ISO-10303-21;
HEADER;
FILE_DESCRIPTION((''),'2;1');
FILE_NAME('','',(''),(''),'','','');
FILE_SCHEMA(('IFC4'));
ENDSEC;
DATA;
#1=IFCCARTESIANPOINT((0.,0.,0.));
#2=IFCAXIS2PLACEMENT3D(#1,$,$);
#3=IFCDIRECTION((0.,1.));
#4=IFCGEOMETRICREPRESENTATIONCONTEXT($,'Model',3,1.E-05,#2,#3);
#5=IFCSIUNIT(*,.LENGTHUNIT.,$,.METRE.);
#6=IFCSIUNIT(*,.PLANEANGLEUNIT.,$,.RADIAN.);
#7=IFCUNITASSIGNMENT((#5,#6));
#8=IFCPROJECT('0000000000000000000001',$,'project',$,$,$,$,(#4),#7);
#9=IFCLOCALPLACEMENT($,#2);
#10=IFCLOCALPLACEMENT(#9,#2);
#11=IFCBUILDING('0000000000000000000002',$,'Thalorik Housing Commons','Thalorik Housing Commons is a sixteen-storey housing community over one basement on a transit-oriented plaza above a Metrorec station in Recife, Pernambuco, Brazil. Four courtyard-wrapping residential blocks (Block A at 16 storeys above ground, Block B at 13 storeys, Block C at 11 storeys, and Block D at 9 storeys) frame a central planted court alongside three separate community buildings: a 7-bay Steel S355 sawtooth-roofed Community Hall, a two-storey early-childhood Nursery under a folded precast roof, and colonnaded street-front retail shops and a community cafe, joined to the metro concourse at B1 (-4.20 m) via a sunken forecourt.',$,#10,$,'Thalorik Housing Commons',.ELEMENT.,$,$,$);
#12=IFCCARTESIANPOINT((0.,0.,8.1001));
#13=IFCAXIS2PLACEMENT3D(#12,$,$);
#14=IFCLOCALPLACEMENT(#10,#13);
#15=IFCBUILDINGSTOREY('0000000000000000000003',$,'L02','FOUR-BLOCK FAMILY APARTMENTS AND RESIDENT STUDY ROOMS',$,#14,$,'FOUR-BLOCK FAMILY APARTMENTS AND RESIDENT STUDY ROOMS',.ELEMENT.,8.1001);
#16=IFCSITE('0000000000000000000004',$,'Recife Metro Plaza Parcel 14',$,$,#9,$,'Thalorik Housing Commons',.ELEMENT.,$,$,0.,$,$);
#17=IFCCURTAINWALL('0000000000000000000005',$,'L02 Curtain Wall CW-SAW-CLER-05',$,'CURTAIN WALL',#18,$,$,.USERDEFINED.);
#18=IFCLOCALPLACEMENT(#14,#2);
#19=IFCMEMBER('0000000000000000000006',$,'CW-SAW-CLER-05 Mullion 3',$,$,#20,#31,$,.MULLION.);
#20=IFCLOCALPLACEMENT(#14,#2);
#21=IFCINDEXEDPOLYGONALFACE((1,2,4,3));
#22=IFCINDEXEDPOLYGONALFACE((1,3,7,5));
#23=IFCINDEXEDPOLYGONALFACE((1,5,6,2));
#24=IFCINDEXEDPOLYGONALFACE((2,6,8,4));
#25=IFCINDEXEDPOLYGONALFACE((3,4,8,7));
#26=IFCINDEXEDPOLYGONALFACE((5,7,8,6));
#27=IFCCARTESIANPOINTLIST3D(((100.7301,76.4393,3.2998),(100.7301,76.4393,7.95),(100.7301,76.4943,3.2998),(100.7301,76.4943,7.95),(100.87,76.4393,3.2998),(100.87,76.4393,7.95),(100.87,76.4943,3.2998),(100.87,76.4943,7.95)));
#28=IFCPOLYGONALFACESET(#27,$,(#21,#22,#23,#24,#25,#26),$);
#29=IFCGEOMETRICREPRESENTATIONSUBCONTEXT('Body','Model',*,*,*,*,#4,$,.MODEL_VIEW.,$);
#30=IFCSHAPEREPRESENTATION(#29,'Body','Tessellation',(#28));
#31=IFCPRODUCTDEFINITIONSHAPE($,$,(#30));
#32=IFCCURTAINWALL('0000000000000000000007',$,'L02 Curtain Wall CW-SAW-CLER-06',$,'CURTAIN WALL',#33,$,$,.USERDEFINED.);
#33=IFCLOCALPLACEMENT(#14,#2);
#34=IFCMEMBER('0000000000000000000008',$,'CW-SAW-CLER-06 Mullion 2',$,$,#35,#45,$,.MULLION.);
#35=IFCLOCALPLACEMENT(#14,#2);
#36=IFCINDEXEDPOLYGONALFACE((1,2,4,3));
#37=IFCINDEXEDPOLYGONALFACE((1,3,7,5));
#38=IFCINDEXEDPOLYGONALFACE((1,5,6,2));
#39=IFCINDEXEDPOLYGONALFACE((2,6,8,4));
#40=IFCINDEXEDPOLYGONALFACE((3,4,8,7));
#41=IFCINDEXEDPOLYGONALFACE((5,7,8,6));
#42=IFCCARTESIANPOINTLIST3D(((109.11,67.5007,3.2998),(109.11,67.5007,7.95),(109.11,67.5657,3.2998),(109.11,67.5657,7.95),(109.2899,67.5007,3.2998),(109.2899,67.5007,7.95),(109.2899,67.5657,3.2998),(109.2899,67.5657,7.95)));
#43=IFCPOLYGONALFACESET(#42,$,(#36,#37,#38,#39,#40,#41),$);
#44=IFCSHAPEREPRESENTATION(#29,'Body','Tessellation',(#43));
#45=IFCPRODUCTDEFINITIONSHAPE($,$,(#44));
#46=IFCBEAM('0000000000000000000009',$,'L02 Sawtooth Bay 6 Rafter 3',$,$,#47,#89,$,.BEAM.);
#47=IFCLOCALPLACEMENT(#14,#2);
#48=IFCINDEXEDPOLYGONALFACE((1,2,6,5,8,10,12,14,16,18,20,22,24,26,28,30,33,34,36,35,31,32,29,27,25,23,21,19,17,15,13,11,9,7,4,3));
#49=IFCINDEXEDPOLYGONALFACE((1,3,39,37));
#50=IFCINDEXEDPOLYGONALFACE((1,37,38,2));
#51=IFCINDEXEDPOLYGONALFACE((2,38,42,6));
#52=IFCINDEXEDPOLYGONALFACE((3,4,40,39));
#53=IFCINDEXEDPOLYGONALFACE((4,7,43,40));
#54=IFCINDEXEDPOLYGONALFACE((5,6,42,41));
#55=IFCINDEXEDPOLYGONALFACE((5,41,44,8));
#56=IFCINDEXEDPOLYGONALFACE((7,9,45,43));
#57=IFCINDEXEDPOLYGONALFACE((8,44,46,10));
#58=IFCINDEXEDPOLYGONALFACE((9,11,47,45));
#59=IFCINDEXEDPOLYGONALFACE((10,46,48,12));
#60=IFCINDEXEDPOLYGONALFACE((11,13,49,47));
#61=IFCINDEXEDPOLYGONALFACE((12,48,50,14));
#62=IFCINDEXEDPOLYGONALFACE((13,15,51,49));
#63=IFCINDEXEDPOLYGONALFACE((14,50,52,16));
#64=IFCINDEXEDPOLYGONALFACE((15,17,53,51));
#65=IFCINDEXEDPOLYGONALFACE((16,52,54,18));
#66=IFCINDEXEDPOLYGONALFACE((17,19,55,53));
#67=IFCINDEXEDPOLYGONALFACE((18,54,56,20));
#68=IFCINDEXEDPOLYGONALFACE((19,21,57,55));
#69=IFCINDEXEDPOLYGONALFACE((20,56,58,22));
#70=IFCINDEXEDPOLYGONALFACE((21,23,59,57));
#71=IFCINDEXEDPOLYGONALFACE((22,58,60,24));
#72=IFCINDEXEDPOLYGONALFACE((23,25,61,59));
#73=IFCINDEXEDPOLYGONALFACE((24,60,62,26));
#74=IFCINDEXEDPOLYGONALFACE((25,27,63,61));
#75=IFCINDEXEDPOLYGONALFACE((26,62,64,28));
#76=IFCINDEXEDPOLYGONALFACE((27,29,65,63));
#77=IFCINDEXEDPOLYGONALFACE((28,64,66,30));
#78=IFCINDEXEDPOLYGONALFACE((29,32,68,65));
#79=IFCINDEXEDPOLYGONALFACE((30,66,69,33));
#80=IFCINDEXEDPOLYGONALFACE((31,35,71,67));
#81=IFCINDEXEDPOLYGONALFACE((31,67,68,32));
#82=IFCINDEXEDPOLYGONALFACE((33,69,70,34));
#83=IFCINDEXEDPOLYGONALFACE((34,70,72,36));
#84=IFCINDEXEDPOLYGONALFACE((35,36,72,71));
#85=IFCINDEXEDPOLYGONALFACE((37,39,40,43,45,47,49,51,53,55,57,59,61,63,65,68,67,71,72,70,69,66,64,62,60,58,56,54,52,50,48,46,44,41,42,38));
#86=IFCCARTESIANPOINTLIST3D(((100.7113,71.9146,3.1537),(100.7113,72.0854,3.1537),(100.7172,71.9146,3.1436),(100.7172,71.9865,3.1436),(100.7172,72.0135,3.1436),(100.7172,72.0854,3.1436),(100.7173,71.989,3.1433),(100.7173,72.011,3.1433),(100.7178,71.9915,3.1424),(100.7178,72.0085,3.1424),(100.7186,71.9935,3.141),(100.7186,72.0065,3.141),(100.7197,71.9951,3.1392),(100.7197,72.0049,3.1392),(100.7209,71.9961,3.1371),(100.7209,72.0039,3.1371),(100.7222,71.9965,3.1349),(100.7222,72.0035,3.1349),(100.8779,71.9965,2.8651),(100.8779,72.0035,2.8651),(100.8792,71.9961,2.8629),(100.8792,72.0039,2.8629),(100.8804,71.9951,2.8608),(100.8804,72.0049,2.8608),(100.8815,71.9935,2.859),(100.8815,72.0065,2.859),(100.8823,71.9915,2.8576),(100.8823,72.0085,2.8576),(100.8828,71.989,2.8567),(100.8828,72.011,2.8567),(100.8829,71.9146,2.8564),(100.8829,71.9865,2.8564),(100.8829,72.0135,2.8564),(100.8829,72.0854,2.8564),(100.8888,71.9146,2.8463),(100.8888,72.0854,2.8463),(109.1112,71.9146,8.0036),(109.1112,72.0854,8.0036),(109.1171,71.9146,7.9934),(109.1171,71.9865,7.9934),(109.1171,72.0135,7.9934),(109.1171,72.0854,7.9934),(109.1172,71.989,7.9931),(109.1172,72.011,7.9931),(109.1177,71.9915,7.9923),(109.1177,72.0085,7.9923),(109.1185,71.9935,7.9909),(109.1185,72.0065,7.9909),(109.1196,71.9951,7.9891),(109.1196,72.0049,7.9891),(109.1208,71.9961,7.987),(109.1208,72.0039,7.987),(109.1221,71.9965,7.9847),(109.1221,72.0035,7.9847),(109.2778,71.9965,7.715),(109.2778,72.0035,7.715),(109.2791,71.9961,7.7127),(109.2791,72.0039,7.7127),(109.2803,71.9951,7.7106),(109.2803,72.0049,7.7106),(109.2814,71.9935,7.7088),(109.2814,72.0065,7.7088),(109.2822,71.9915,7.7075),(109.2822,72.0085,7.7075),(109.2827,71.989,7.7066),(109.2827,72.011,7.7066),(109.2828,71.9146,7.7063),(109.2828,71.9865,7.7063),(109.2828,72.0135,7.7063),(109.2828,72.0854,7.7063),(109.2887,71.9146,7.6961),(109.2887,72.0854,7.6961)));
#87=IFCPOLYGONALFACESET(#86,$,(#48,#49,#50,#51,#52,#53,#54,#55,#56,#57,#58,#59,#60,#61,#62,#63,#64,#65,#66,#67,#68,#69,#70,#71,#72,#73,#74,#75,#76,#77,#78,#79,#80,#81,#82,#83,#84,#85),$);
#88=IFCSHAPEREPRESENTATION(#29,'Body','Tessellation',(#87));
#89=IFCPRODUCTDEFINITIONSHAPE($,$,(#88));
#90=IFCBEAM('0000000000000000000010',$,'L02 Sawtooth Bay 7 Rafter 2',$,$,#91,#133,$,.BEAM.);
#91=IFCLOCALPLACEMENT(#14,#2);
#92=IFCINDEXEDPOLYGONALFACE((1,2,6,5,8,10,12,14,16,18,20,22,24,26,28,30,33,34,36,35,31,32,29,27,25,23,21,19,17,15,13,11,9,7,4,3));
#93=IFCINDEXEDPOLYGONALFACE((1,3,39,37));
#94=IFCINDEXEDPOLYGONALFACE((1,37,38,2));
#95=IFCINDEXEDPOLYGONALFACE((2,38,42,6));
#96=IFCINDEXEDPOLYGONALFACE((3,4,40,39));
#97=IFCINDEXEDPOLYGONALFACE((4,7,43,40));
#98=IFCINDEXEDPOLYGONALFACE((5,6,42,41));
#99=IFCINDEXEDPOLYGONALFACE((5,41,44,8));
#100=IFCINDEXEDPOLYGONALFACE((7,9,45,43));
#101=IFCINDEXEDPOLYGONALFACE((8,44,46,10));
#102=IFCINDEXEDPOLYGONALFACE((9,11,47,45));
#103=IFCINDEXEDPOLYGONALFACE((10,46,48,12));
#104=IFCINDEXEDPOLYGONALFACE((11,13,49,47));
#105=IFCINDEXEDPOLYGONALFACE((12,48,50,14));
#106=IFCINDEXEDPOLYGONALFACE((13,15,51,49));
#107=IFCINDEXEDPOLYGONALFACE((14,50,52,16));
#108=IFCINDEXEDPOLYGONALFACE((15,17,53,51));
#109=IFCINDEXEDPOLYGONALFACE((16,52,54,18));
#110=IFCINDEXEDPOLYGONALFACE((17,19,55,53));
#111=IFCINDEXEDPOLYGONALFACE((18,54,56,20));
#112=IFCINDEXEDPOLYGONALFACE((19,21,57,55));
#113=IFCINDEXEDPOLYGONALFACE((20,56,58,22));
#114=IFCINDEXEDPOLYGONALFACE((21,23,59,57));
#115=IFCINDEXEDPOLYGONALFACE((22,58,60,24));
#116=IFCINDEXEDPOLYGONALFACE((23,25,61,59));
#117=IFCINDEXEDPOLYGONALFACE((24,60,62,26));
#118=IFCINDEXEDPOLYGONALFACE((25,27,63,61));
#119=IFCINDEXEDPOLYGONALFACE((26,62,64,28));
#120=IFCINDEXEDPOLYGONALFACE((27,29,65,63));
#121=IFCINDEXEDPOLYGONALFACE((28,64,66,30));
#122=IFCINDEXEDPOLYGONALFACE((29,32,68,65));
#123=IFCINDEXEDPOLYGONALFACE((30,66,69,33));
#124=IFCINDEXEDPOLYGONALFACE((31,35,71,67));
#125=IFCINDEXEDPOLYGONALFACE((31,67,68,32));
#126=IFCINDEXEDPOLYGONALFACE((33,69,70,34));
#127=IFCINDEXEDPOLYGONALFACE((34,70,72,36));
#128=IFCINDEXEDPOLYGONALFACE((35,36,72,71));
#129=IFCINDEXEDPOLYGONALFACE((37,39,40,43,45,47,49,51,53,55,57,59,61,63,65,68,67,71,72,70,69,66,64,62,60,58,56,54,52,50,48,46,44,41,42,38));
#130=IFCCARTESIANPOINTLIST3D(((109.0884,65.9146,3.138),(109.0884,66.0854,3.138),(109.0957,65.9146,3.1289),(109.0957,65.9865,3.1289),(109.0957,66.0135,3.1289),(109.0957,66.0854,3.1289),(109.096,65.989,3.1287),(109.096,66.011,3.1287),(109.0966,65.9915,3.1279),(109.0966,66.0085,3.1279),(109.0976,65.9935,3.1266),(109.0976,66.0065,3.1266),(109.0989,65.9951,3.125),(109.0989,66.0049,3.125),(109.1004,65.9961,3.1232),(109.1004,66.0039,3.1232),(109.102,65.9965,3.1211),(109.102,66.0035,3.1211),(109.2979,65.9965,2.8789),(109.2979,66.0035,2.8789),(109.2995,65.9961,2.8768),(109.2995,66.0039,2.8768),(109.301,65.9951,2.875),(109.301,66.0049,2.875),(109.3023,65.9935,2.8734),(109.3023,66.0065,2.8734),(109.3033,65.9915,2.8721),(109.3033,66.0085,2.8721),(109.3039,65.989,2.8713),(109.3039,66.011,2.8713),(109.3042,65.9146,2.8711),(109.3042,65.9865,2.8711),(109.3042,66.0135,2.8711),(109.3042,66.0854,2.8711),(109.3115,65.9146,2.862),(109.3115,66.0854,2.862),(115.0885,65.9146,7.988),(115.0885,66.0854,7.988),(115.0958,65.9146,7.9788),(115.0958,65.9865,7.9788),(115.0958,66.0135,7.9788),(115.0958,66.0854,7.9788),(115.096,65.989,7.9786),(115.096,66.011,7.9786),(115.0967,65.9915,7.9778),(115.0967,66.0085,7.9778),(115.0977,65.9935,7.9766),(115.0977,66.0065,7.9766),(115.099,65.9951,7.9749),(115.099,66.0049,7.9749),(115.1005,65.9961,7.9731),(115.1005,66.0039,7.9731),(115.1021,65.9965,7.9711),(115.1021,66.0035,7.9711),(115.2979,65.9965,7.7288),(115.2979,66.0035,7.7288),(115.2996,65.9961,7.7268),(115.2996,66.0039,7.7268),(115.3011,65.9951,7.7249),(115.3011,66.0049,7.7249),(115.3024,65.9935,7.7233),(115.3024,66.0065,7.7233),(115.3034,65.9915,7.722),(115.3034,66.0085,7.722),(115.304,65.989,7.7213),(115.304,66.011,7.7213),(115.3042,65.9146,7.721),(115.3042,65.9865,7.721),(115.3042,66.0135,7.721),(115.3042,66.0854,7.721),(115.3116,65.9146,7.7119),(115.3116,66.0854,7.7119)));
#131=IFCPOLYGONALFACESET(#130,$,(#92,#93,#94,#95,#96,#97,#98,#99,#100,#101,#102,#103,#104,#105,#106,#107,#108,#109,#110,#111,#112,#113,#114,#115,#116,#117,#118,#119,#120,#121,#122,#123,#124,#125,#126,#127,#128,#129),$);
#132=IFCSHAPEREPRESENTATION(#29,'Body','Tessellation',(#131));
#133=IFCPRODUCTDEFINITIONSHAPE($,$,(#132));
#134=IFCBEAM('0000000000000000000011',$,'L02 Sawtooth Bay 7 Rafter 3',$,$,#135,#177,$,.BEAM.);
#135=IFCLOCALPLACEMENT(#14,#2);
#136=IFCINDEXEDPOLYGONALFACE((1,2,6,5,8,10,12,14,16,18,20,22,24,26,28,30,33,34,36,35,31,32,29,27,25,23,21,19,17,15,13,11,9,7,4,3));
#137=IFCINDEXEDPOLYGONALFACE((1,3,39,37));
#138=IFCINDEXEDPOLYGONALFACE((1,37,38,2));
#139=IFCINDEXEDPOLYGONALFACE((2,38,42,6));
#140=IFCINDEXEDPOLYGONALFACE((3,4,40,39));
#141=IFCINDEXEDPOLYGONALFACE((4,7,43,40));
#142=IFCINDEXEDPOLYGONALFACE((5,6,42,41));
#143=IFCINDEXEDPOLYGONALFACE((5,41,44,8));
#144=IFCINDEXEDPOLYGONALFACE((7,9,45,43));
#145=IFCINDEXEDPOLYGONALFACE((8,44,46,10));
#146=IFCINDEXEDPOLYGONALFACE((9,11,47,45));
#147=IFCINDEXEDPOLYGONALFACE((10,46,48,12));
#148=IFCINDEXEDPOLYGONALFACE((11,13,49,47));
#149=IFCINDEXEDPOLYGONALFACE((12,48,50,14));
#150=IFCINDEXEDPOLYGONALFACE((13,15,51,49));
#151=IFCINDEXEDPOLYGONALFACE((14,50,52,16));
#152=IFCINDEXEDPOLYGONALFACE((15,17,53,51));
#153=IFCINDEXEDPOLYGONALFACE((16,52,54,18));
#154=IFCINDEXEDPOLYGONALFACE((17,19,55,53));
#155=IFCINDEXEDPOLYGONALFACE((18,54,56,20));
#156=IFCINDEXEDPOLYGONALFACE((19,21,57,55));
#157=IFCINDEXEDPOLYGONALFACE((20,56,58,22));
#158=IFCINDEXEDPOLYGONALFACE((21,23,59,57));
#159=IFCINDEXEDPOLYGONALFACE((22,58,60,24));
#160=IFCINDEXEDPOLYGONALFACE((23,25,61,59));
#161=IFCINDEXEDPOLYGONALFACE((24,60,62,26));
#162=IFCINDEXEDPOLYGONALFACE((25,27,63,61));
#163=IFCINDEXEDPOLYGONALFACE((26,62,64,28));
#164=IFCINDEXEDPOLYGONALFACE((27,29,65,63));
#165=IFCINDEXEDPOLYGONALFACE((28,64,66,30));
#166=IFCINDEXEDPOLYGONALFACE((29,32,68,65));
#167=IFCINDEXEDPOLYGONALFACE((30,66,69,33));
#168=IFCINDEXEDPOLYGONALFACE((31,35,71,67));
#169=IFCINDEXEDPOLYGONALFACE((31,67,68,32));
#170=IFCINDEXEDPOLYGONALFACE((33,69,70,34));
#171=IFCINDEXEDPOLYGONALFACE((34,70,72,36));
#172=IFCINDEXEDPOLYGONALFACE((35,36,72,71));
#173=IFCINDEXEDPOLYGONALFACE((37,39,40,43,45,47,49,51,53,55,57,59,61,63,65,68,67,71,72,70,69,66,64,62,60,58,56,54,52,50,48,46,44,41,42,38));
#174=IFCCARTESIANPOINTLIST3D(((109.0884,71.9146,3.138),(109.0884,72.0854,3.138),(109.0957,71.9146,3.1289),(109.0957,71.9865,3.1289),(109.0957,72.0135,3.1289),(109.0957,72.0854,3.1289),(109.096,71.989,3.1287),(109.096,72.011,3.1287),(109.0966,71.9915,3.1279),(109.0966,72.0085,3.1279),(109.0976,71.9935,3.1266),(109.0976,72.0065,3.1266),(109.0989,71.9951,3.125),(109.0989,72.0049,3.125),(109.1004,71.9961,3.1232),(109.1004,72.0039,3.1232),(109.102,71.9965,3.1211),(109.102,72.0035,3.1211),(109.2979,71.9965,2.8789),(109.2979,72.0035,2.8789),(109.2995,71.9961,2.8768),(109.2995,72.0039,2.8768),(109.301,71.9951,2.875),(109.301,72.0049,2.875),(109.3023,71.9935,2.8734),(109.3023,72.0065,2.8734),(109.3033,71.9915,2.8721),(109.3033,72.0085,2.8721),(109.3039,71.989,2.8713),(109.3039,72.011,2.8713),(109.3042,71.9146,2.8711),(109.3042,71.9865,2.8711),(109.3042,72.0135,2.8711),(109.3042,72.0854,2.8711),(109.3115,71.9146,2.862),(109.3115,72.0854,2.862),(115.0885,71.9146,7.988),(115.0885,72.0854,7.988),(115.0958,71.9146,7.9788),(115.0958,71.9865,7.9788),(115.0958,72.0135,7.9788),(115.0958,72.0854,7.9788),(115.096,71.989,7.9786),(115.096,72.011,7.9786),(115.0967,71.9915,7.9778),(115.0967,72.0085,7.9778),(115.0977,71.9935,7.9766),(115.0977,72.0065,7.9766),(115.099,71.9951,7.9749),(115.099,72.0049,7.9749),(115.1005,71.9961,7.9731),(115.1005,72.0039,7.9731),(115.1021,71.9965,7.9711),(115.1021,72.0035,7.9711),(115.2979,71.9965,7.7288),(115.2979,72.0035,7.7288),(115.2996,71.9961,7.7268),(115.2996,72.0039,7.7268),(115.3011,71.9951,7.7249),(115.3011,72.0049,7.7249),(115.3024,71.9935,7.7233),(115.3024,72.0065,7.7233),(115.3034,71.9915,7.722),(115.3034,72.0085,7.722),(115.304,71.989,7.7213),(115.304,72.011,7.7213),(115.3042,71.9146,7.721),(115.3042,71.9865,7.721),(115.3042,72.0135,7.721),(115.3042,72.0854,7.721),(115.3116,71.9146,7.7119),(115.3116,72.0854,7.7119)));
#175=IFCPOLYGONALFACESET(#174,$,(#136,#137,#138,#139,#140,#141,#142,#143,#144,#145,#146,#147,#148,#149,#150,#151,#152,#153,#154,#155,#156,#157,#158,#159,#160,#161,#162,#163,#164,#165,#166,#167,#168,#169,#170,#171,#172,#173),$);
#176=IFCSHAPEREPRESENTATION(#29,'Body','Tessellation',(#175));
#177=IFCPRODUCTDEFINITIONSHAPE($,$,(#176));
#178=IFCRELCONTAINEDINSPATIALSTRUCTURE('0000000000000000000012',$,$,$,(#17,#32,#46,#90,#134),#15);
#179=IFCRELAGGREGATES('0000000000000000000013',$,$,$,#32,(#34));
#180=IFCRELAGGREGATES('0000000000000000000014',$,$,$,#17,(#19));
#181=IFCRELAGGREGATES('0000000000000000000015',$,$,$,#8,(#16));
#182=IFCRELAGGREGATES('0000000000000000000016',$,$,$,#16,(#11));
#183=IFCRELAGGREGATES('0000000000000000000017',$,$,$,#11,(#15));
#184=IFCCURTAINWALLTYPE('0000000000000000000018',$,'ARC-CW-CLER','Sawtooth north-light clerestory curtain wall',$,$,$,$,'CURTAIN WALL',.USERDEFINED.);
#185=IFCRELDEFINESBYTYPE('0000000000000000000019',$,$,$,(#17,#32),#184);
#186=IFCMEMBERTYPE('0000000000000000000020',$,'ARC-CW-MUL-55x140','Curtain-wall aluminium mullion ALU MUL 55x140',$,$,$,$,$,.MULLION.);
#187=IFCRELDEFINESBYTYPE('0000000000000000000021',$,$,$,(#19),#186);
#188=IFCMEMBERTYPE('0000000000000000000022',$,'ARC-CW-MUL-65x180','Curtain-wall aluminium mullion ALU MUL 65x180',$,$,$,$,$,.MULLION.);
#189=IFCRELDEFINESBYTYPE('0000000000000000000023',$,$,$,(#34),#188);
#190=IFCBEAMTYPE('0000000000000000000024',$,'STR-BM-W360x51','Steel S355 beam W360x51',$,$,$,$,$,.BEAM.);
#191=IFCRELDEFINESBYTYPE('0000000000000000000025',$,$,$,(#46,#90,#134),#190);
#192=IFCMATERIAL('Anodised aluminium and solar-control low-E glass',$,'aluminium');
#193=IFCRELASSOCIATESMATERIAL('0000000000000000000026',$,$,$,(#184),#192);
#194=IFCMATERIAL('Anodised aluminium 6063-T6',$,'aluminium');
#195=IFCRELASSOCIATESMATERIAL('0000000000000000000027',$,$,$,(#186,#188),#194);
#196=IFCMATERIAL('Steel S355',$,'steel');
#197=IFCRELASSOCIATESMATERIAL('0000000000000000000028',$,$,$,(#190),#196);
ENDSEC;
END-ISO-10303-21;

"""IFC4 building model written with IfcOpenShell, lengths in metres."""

from ifc_helpers import new_model, si_unit, direction, frame, origin, origin_2d, place, context, subcontext, project, spatial, rectangle, i_section, extrude, material, material_profile, profile_set, type_object, element, aggregate, save


model = new_model("IFC4")

# Units and contexts
model_context = context("Model", 3, precision=1e-05, world=origin(), true_north=direction((0.0, 1.0)))
body_context = subcontext(model_context, "Body", "Model", "MODEL_VIEW")
ifc_project = project(units=[si_unit("LENGTHUNIT", "METRE"), si_unit("PLANEANGLEUNIT", "RADIAN")], contexts=[model_context])

# Site, building, storey
site_placement = place(None, origin())
site = spatial("IfcSite", under=ifc_project, at=site_placement, Name="Recife Metro Plaza Parcel 14", LongName="Thalorik Housing Commons", CompositionType="ELEMENT", RefElevation=0.0)
building_placement = place(site_placement, origin())
building = spatial("IfcBuilding", under=site, at=building_placement, Name="Thalorik Housing Commons", Description="Thalorik Housing Commons is a sixteen-storey housing community over one basement on a transit-oriented plaza above a Metrorec station in Recife, Pernambuco, Brazil. Four courtyard-wrapping residential blocks (Block A at 16 storeys above ground, Block B at 13 storeys, Block C at 11 storeys, and Block D at 9 storeys) frame a central planted court alongside three separate community buildings: a 7-bay Steel S355 sawtooth-roofed Community Hall, a two-storey early-childhood Nursery under a folded precast roof, and colonnaded street-front retail shops and a community cafe, joined to the metro concourse at B1 (-4.20 m) via a sunken forecourt.", LongName="Thalorik Housing Commons", CompositionType="ELEMENT")
storey_placement = place(building_placement, frame((0.0, 0.0, 8.1001)))
storey = spatial("IfcBuildingStorey", under=building, at=storey_placement, Name="L02", Description="FOUR-BLOCK FAMILY APARTMENTS AND RESIDENT STUDY ROOMS", LongName="FOUR-BLOCK FAMILY APARTMENTS AND RESIDENT STUDY ROOMS", CompositionType="ELEMENT", Elevation=8.1001)

# Curtain walls, members
ifc_material_1 = material(Name="Anodised aluminium and solar-control low-E glass", Category="aluminium")
curtain_wall_type = type_object("IfcCurtainWallType", Name="ARC-CW-CLER", Description="Sawtooth north-light clerestory curtain wall", ElementType="CURTAIN WALL", PredefinedType="USERDEFINED", material=ifc_material_1)
curtain_wall_1_placement = place(storey_placement, origin())
curtain_wall_1 = element("IfcCurtainWall", 1, at=curtain_wall_1_placement, inside=storey, type_object=curtain_wall_type, Name="L02 Curtain Wall CW-SAW-CLER-05", ObjectType="CURTAIN WALL", PredefinedType="USERDEFINED")
ifc_material_2 = material(Name="Anodised aluminium 6063-T6", Category="aluminium")
ifc_material_profile_1 = material_profile(ifc_material_2, rectangle(XDim=0.0549, YDim=0.1399, at=origin_2d()), Name="ALU MUL 55x140", Category="aluminium")
ifc_profile_set_1 = profile_set([ifc_material_profile_1], Name="Anodised aluminium 6063-T6")
member_type_1 = type_object("IfcMemberType", Name="ARC-CW-MUL-55x140", Description="Curtain-wall aluminium mullion ALU MUL 55x140", PredefinedType="MULLION", material=ifc_profile_set_1)
member_1_placement = place(storey_placement, frame((100.8, 76.4668, 3.2998), z_axis=(0.0, 0.0, 1.0), x_axis=(0.0, 1.0, 0.0)))
member_1 = element("IfcMember", 2, at=member_1_placement, type_object=member_type_1, Name="CW-SAW-CLER-05 Mullion 3", PredefinedType="MULLION", context=body_context, shape_type="SweptSolid", body=[
    extrude(rectangle(XDim=0.0549, YDim=0.1399, at=origin_2d()), origin(), (0.0, 0.0, 1.0), 4.6501),
])
curtain_wall_2_placement = place(storey_placement, origin())
curtain_wall_2 = element("IfcCurtainWall", 3, at=curtain_wall_2_placement, inside=storey, type_object=curtain_wall_type, Name="L02 Curtain Wall CW-SAW-CLER-06", ObjectType="CURTAIN WALL", PredefinedType="USERDEFINED")
ifc_material_profile_2 = material_profile(ifc_material_2, rectangle(XDim=0.0649, YDim=0.1799, at=origin_2d()), Name="ALU MUL 65x180", Category="aluminium")
ifc_profile_set_2 = profile_set([ifc_material_profile_2], Name="Anodised aluminium 6063-T6")
member_type_2 = type_object("IfcMemberType", Name="ARC-CW-MUL-65x180", Description="Curtain-wall aluminium mullion ALU MUL 65x180", PredefinedType="MULLION", material=ifc_profile_set_2)
member_2_placement = place(storey_placement, frame((109.2, 67.5332, 3.2998), z_axis=(0.0, 0.0, 1.0), x_axis=(0.0, 1.0, 0.0)))
member_2 = element("IfcMember", 4, at=member_2_placement, type_object=member_type_2, Name="CW-SAW-CLER-06 Mullion 2", PredefinedType="MULLION", context=body_context, shape_type="SweptSolid", body=[
    extrude(rectangle(XDim=0.0649, YDim=0.1799, at=origin_2d()), origin(), (0.0, 0.0, 1.0), 4.6501),
])

# Beams
ifc_material_3 = material(Name="Steel S355", Category="steel")
ifc_material_profile_3 = material_profile(ifc_material_3, i_section(OverallWidth=0.1709, OverallDepth=0.355, WebThickness=0.0071, FlangeThickness=0.0117, FilletRadius=0.01, at=origin_2d()), Name="W360x51", Category="steel")
ifc_profile_set_3 = profile_set([ifc_material_profile_3], Name="Steel S355")
beam_type = type_object("IfcBeamType", Name="STR-BM-W360x51", Description="Steel S355 beam W360x51", PredefinedType="BEAM", material=ifc_profile_set_3)
beam_placement = place(storey_placement, frame((100.8, 72.0, 3.0), z_axis=(0.866018, 0.0, 0.500013), x_axis=(0.0, 1.0, 0.0)))
element("IfcBeam", 5, at=beam_placement, inside=storey, type_object=beam_type, Name="L02 Sawtooth Bay 6 Rafter 3", PredefinedType="BEAM", context=body_context, shape_type="SweptSolid", body=[
    extrude(i_section(OverallWidth=0.1709, OverallDepth=0.355, WebThickness=0.0071, FlangeThickness=0.0117, FilletRadius=0.01, at=origin_2d()), origin(), (0.0, 0.0, 1.0), 9.6995),
])
for number, where, z_axis, x_axis, name in (
    (6, (109.2, 66.0, 3.0), (0.777707, 0.0, 0.628627), (0.0, 1.0, 0.0), "L02 Sawtooth Bay 7 Rafter 2"),
    (7, (109.2, 72.0, 3.0), (0.777707, 0.0, 0.628627), (0.0, 1.0, 0.0), "L02 Sawtooth Bay 7 Rafter 3"),
):
    element("IfcBeam", number, at=place(storey_placement, frame(where, z_axis=z_axis, x_axis=x_axis)), inside=storey, type_object=beam_type, Name=name, PredefinedType="BEAM", context=body_context, shape_type="SweptSolid", body=[
        extrude(i_section(OverallWidth=0.1709, OverallDepth=0.355, WebThickness=0.0071, FlangeThickness=0.0117, FilletRadius=0.01, at=origin_2d()), origin(), (0.0, 0.0, 1.0), 7.7151),
    ])

aggregate(curtain_wall_2, [member_2])
aggregate(curtain_wall_1, [member_1])

save(model, "model.ifc")
